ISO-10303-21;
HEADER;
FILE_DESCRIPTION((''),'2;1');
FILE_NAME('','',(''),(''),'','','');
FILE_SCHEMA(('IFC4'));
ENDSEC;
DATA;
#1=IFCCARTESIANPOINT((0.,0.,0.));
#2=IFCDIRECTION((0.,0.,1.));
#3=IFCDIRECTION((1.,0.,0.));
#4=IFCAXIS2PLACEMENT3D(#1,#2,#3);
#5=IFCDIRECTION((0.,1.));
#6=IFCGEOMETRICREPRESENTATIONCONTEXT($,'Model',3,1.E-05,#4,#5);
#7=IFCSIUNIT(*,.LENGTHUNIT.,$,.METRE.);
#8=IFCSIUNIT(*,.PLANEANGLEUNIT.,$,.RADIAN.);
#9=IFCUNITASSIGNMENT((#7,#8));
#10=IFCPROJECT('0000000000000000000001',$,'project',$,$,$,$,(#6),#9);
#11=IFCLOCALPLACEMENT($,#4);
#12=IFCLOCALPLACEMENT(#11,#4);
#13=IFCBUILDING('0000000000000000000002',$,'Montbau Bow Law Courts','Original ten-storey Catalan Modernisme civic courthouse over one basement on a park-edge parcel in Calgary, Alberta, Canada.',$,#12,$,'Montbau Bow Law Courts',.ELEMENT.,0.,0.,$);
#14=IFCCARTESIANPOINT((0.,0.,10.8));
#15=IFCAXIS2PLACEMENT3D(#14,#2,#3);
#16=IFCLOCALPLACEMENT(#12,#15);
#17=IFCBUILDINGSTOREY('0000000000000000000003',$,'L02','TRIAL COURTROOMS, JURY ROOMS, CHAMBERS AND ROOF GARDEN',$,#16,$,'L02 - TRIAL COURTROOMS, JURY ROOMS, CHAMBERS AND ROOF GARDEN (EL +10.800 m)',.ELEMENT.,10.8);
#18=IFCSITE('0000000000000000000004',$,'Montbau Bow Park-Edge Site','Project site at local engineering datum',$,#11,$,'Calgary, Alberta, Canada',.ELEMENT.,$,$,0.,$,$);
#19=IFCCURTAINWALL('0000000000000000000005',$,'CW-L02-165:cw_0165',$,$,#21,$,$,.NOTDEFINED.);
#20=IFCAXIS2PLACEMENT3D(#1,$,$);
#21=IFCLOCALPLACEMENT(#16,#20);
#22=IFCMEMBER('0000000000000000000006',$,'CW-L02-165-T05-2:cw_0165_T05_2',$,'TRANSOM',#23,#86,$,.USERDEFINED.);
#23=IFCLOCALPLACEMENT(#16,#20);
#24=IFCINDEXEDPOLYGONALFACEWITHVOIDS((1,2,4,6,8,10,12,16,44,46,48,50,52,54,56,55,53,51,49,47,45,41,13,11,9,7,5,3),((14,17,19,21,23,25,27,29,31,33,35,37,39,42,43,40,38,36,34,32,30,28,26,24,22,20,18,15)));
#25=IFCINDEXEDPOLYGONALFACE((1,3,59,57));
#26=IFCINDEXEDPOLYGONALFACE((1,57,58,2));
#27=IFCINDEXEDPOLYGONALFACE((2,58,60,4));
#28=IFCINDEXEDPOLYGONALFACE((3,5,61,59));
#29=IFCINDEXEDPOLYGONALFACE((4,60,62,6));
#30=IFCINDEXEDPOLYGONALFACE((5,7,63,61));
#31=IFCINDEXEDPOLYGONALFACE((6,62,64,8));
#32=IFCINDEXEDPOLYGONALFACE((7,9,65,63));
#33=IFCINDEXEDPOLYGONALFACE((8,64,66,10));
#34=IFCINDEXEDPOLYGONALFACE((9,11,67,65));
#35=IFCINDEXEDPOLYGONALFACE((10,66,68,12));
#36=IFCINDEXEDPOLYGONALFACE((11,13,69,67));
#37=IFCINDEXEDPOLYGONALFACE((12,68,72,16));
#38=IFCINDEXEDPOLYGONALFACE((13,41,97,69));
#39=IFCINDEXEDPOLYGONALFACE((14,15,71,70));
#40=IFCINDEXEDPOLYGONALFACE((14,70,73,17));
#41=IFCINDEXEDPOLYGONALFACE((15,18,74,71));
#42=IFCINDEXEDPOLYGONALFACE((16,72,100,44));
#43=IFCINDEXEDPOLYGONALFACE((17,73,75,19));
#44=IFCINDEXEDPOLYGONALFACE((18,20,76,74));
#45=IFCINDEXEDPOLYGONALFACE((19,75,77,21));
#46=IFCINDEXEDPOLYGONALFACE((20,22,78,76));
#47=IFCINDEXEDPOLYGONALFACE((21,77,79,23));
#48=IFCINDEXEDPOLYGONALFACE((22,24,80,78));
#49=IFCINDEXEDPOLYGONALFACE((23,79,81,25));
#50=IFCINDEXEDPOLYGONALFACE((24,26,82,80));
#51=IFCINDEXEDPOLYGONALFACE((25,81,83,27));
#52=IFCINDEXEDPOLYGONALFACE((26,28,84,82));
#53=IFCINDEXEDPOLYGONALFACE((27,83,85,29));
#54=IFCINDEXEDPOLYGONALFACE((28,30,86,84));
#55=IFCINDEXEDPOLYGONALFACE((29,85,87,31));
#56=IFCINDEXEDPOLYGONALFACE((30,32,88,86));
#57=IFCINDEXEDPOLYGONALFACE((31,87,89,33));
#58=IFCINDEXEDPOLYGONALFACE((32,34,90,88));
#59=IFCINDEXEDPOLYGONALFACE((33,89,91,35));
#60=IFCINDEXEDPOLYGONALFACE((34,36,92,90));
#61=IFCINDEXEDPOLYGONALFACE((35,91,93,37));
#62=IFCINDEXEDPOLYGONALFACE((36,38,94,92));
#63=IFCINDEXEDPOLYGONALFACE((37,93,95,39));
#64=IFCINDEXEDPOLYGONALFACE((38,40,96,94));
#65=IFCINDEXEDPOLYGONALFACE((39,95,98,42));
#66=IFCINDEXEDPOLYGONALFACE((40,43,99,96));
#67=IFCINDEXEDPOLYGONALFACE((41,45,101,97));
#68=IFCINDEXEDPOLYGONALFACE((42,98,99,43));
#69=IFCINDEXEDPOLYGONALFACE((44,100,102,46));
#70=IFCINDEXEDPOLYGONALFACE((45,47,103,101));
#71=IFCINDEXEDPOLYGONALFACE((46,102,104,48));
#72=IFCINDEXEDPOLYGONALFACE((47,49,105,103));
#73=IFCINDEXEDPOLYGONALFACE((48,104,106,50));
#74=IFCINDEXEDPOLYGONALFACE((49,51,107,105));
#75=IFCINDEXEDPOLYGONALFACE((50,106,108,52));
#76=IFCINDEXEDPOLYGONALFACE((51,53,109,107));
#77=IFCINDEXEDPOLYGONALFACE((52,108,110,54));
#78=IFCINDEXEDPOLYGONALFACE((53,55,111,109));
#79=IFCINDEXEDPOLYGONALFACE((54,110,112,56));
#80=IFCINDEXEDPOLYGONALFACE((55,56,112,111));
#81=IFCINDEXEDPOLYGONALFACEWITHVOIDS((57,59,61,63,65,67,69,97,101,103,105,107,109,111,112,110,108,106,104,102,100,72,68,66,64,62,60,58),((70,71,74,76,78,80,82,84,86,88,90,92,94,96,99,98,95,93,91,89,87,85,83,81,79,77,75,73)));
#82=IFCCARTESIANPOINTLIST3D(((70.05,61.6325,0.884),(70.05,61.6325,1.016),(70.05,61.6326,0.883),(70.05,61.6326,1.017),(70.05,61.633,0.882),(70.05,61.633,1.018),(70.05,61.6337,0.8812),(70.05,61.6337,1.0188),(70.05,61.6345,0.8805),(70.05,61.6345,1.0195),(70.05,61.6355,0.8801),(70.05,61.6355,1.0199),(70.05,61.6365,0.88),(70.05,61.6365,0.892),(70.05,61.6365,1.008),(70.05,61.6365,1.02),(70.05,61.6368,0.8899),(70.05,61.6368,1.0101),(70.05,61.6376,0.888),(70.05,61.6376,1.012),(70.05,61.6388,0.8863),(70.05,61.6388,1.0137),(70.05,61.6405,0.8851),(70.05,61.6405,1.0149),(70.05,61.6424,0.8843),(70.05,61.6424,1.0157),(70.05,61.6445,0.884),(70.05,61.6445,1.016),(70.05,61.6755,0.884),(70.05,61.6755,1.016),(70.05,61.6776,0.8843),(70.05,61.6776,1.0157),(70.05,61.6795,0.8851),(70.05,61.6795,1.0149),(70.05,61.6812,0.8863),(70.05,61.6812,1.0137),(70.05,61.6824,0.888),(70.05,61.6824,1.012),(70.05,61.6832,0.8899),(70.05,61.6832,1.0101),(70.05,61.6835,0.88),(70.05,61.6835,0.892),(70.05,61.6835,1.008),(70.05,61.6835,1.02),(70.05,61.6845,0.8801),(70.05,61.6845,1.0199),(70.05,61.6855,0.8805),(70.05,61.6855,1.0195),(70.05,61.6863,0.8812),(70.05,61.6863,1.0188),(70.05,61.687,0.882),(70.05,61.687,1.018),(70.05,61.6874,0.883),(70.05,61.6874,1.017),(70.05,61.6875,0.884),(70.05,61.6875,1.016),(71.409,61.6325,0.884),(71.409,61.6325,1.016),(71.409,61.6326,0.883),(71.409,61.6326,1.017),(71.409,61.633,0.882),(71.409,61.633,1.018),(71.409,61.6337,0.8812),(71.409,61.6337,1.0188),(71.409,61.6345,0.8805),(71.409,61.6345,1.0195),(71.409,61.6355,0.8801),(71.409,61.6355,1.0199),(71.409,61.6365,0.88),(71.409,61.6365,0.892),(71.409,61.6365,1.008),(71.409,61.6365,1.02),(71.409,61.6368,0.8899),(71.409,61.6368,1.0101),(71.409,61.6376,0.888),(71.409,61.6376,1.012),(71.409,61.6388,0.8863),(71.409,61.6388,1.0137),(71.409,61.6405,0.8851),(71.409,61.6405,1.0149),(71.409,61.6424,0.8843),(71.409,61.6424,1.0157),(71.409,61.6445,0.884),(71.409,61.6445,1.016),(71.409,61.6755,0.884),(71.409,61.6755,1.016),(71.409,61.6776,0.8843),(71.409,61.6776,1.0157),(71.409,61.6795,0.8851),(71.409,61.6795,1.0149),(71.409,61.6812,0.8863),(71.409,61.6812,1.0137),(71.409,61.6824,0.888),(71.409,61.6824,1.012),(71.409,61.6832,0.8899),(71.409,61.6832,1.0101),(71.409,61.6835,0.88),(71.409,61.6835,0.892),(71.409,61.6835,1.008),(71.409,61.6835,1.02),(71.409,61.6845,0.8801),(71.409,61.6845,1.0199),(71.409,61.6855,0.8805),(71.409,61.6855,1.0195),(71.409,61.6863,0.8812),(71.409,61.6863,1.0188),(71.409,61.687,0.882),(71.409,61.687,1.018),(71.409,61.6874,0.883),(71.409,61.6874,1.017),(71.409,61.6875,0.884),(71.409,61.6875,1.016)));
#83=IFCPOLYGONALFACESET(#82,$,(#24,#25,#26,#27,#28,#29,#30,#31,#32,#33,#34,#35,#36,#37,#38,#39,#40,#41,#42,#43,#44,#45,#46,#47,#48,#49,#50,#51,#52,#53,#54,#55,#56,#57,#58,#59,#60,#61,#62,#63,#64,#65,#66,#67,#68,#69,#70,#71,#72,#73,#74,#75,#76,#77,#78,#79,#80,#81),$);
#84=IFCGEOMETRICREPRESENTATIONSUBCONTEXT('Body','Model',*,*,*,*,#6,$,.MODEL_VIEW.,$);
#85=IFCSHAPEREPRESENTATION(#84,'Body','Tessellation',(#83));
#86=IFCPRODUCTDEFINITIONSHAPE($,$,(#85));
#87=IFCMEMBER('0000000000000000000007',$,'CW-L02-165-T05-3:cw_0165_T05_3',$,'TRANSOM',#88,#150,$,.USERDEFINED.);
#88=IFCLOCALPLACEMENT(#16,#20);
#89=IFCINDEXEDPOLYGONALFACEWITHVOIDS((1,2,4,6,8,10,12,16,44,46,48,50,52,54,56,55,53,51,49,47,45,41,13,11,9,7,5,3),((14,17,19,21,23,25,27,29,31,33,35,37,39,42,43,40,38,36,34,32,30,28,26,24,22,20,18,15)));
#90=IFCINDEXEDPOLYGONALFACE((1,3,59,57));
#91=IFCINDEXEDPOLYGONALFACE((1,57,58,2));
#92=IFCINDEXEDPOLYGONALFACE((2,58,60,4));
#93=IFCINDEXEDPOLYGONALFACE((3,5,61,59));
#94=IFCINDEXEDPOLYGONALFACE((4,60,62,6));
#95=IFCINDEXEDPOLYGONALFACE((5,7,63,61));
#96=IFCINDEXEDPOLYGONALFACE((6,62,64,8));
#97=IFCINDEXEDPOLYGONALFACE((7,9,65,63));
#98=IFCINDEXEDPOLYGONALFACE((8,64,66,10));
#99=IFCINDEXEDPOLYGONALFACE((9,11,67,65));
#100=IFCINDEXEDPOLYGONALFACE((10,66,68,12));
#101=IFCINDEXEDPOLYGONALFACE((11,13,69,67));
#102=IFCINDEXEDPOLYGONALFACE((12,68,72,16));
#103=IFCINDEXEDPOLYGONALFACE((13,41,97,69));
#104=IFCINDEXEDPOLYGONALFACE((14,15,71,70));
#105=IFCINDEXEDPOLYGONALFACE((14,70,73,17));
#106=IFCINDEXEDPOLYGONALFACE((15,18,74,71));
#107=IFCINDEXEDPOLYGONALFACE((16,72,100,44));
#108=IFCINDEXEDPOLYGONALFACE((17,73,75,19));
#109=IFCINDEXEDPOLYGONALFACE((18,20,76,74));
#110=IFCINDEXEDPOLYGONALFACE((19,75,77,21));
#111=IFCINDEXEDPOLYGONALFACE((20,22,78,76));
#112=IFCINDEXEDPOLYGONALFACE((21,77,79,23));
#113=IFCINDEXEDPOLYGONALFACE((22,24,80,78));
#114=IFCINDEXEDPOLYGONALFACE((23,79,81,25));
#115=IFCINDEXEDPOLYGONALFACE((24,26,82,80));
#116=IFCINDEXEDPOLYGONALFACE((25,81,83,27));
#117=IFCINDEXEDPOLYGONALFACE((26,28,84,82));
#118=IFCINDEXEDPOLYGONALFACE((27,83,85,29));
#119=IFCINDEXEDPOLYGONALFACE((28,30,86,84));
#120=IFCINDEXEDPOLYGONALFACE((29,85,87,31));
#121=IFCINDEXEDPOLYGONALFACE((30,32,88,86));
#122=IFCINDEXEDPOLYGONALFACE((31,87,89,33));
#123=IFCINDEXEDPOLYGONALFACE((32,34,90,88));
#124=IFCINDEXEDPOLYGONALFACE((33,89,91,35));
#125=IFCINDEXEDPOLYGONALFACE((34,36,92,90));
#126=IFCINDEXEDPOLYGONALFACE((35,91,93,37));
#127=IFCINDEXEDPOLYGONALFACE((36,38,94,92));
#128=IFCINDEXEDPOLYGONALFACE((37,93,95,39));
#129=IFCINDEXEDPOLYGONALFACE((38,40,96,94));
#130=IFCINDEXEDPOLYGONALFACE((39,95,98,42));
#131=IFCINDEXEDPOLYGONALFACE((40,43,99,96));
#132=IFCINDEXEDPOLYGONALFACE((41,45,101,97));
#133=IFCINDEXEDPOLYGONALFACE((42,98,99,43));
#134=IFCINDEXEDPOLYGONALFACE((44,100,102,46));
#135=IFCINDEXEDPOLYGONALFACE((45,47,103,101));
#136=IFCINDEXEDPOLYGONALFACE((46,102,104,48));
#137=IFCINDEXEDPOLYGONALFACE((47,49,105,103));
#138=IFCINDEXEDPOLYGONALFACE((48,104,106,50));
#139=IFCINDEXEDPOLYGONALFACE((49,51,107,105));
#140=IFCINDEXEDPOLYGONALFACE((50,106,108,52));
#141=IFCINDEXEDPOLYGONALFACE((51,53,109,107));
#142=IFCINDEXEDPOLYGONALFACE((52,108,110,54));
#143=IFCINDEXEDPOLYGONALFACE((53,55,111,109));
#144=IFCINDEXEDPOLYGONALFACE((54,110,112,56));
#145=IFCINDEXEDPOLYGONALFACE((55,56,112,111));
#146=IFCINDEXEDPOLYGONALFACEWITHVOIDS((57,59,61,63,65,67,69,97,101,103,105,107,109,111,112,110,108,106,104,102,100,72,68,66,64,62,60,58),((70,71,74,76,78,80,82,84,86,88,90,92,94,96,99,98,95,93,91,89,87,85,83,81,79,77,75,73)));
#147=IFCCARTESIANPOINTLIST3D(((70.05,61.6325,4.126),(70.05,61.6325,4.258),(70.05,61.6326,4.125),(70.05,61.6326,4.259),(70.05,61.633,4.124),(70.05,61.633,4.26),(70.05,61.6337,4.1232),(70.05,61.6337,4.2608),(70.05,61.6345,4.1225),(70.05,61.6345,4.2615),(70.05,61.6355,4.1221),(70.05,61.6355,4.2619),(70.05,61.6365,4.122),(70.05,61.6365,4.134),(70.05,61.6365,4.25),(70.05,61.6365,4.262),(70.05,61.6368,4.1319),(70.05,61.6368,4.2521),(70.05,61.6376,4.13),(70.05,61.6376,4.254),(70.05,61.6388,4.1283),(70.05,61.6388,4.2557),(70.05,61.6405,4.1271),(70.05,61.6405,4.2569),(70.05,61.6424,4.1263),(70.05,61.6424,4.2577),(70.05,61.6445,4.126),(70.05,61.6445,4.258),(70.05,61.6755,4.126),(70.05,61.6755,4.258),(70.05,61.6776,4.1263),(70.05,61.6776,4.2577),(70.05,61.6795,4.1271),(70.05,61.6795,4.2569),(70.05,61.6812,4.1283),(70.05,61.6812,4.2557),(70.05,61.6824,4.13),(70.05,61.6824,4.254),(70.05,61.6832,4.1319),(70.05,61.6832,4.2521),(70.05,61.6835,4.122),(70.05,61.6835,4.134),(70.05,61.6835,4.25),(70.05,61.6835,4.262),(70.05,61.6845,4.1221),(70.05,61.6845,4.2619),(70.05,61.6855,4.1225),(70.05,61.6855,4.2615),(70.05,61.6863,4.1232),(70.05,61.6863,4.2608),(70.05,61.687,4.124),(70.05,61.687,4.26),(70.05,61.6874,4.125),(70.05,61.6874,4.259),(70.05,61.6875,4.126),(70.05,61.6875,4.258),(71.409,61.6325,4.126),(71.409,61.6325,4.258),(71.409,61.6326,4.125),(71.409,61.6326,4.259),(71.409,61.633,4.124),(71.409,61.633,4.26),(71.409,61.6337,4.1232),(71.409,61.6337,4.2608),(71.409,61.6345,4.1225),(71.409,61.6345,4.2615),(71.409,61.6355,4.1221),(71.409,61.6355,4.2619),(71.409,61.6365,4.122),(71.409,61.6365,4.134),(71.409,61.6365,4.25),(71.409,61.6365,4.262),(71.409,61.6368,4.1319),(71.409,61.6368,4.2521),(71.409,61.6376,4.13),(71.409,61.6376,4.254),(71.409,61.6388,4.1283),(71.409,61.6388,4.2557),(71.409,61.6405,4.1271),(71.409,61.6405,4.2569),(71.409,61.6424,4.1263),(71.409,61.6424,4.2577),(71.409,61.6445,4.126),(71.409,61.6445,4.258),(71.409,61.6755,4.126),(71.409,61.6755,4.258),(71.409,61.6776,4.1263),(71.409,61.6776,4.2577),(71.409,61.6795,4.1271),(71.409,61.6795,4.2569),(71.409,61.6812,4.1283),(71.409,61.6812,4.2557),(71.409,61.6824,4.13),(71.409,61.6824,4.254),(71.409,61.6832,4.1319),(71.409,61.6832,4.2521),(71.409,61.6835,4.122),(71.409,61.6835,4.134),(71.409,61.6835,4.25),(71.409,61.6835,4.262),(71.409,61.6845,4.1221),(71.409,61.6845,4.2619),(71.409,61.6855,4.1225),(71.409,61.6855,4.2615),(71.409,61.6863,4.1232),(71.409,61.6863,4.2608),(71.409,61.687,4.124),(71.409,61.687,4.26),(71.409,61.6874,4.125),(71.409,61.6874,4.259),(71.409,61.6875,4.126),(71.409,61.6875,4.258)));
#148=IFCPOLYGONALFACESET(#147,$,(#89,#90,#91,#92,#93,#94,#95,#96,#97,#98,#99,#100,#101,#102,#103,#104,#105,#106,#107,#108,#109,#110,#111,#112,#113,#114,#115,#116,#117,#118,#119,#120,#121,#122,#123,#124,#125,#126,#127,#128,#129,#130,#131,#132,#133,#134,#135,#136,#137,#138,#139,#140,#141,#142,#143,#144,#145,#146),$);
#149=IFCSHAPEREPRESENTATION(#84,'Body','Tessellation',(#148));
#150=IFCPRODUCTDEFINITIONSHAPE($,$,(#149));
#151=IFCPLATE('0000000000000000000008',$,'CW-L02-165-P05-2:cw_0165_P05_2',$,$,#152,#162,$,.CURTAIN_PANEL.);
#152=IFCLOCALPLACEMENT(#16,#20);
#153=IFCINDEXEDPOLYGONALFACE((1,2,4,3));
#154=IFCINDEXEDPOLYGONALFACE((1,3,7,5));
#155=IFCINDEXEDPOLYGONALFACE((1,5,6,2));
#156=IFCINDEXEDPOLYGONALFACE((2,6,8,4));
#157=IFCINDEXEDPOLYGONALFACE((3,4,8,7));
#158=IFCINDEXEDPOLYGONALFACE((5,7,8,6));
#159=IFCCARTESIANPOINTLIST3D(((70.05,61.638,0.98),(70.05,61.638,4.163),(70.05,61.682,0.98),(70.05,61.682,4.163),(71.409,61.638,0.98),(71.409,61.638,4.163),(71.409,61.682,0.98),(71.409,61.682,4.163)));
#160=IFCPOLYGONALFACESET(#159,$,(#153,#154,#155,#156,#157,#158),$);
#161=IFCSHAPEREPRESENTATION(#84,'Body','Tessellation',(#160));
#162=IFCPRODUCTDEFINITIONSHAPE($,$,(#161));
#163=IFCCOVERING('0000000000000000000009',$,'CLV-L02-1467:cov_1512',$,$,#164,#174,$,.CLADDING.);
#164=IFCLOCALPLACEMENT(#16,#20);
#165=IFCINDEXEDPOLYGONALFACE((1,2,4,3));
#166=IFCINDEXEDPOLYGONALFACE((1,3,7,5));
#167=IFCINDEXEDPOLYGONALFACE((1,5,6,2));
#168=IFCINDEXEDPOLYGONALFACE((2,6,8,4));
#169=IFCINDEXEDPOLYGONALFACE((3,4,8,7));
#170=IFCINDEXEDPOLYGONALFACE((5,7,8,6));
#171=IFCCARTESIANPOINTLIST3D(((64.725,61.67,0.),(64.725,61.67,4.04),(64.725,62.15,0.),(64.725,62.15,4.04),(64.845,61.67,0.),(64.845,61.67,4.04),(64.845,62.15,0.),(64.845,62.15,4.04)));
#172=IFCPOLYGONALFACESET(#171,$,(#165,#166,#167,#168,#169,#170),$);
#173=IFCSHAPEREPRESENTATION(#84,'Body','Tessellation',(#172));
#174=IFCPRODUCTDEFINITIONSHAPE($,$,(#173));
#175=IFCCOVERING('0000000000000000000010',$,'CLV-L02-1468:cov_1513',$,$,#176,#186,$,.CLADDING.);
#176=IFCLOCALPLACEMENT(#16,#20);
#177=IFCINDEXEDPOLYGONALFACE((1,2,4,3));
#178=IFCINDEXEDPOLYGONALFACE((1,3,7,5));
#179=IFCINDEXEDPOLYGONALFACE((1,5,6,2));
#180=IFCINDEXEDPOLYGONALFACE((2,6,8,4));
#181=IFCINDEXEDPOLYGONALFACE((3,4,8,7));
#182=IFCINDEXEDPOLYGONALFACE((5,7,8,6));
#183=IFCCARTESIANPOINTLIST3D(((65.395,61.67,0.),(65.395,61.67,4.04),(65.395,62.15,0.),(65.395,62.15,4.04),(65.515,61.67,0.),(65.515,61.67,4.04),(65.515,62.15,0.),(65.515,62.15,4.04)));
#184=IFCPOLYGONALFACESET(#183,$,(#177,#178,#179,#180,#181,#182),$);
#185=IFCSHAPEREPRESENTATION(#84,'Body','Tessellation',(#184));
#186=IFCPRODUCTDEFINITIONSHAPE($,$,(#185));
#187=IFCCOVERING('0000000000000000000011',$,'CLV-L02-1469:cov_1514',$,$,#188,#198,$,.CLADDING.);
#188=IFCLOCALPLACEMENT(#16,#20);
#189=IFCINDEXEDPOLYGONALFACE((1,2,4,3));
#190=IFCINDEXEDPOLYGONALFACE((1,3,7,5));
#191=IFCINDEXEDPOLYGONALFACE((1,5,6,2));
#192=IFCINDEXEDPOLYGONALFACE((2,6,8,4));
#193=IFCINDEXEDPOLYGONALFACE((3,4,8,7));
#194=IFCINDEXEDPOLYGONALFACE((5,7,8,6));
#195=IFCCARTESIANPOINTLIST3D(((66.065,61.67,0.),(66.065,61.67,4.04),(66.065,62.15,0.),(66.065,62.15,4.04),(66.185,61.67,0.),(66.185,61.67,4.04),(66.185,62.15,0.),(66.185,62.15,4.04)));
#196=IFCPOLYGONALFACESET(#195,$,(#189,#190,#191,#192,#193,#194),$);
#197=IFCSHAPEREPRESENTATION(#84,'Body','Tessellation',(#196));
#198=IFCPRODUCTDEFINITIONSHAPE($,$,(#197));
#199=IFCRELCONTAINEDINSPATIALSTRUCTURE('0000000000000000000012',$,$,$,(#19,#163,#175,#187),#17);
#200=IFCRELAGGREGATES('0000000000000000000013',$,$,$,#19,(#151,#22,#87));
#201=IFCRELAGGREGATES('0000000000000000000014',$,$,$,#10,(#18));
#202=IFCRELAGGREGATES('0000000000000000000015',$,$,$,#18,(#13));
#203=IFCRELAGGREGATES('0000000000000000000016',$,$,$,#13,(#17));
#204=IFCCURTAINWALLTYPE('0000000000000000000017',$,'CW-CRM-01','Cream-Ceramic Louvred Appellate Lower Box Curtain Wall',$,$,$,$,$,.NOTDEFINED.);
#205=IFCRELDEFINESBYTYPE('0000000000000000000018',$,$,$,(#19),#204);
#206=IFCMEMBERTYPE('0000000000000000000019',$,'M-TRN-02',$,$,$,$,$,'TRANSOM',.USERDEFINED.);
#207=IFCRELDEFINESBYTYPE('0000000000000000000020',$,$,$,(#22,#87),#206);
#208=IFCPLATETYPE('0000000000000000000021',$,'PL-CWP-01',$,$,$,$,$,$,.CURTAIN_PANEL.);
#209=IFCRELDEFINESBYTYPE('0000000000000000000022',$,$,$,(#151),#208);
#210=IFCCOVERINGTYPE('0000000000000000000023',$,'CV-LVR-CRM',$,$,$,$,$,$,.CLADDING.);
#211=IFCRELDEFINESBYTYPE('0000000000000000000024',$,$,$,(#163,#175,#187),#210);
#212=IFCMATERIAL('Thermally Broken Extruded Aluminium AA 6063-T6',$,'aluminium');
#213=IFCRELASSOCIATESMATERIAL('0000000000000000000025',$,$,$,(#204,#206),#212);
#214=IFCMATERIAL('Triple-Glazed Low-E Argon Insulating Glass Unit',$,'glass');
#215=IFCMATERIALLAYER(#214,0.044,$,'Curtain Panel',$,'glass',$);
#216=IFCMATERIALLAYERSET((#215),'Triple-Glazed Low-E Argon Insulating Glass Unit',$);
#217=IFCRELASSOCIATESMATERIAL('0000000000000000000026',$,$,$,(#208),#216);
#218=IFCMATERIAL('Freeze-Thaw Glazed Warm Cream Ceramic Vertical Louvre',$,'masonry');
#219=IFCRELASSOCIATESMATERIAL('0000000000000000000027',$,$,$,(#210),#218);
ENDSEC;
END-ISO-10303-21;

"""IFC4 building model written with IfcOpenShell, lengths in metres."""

from ifc_helpers import new_model, si_unit, direction, frame, frame_2d, origin_with_axes, origin_2d_with_axis, place, context, subcontext, project, spatial, rectangle, hollow_rectangle, extrude, material, layer, layer_set, material_profile, profile_set, type_object, element, aggregate, save


model = new_model("IFC4")

# Units and contexts
model_context = context("Model", 3, precision=1e-05, world=origin_with_axes(), true_north=direction((0.0, 1.0)))
body_context = subcontext(model_context, "Body", "Model", "MODEL_VIEW")
ifc_project = project(units=[si_unit("LENGTHUNIT", "METRE"), si_unit("PLANEANGLEUNIT", "RADIAN")], contexts=[model_context])

# Site, building, storey
site_placement = place(None, origin_with_axes())
site = spatial("IfcSite", under=ifc_project, at=site_placement, Name="Montbau Bow Park-Edge Site", Description="Project site at local engineering datum", LongName="Calgary, Alberta, Canada", CompositionType="ELEMENT", RefElevation=0.0)
building_placement = place(site_placement, origin_with_axes())
building = spatial("IfcBuilding", under=site, at=building_placement, Name="Montbau Bow Law Courts", Description="Original ten-storey Catalan Modernisme civic courthouse over one basement on a park-edge parcel in Calgary, Alberta, Canada.", LongName="Montbau Bow Law Courts", CompositionType="ELEMENT", ElevationOfRefHeight=0.0, ElevationOfTerrain=0.0)
storey_placement = place(building_placement, frame((0.0, 0.0, 10.8), z_axis=(0.0, 0.0, 1.0), x_axis=(1.0, 0.0, 0.0)))
storey = spatial("IfcBuildingStorey", under=building, at=storey_placement, Name="L02", Description="TRIAL COURTROOMS, JURY ROOMS, CHAMBERS AND ROOF GARDEN", LongName="L02 - TRIAL COURTROOMS, JURY ROOMS, CHAMBERS AND ROOF GARDEN (EL +10.800 m)", CompositionType="ELEMENT", Elevation=10.8)

# Curtain wall, members, plate
ifc_material_1 = material(Name="Thermally Broken Extruded Aluminium AA 6063-T6", Category="aluminium")
curtain_wall_type = type_object("IfcCurtainWallType", Name="CW-CRM-01", Description="Cream-Ceramic Louvred Appellate Lower Box Curtain Wall", PredefinedType="NOTDEFINED", material=ifc_material_1)
curtain_wall_placement = place(None, frame((64.115, 61.66, 10.8), z_axis=(0.0, 0.0, 1.0), x_axis=(1.0, 0.0, 0.0)))
curtain_wall = element("IfcCurtainWall", 1, at=curtain_wall_placement, inside=storey, type_object=curtain_wall_type, Name="CW-L02-165:cw_0165", PredefinedType="NOTDEFINED")
ifc_material_profile_1 = material_profile(ifc_material_1, hollow_rectangle(XDim=0.055, YDim=0.14, WallThickness=0.004, InnerFilletRadius=0.008, OuterFilletRadius=0.004, at=origin_2d_with_axis()), Name="CWT-140X55", Category="Main", Priority=0)
ifc_profile_set_1 = profile_set([ifc_material_profile_1], Name="Thermally Broken Extruded Aluminium AA 6063-T6")
member_type_1 = type_object("IfcMemberType", Name="M-TRN-02", ElementType="TRANSOM", PredefinedType="USERDEFINED", material=ifc_profile_set_1)
member_1_placement = place(None, frame((70.05, 61.66, 11.75), z_axis=(1.0, 0.0, 0.0), x_axis=(0.0, 1.0, 0.0)))
member_1 = element("IfcMember", 2, at=member_1_placement, type_object=member_type_1, Name="CW-L02-165-T05-2:cw_0165_T05_2", ObjectType="TRANSOM", PredefinedType="USERDEFINED", context=body_context, shape_type="SweptSolid", body=[
    extrude(hollow_rectangle(XDim=0.055, YDim=0.14, WallThickness=0.004, InnerFilletRadius=0.008, OuterFilletRadius=0.004, at=origin_2d_with_axis()), origin_with_axes(), (0.0, 0.0, 1.0), 1.359),
])
member_2_placement = place(None, frame((70.05, 61.66, 14.992), z_axis=(1.0, 0.0, 0.0), x_axis=(0.0, 1.0, 0.0)))
member_2 = element("IfcMember", 3, at=member_2_placement, type_object=member_type_1, Name="CW-L02-165-T05-3:cw_0165_T05_3", ObjectType="TRANSOM", PredefinedType="USERDEFINED", context=body_context, shape_type="SweptSolid", body=[
    extrude(hollow_rectangle(XDim=0.055, YDim=0.14, WallThickness=0.004, InnerFilletRadius=0.008, OuterFilletRadius=0.004, at=origin_2d_with_axis()), origin_with_axes(), (0.0, 0.0, 1.0), 1.359),
])
ifc_material_2 = material(Name="Triple-Glazed Low-E Argon Insulating Glass Unit", Category="glass")
ifc_layer = layer(ifc_material_2, 0.044, Name="Curtain Panel", Category="glass")
ifc_layer_set = layer_set([ifc_layer], Name="Triple-Glazed Low-E Argon Insulating Glass Unit")
plate_type = type_object("IfcPlateType", Name="PL-CWP-01", PredefinedType="CURTAIN_PANEL", material=ifc_layer_set)
plate_placement = place(None, frame((70.05, 61.66, 11.78), z_axis=(0.0, -1.0, 0.0), x_axis=(1.0, 0.0, 0.0)))
plate = element("IfcPlate", 4, at=plate_placement, type_object=plate_type, Name="CW-L02-165-P05-2:cw_0165_P05_2", PredefinedType="CURTAIN_PANEL", context=body_context, shape_type="SweptSolid", body=[
    extrude(rectangle(XDim=1.359, YDim=3.183, at=frame_2d((0.6795, 1.5915), x_axis=(1.0, 0.0))), frame((0.0, 0.0, -0.022), z_axis=(0.0, 0.0, 1.0), x_axis=(1.0, 0.0, 0.0)), (0.0, 0.0, 1.0), 0.044),
])
aggregate(curtain_wall, [plate, member_1, member_2])

# Coverings
ifc_material_3 = material(Name="Freeze-Thaw Glazed Warm Cream Ceramic Vertical Louvre", Category="masonry")
covering_type = type_object("IfcCoveringType", Name="CV-LVR-CRM", PredefinedType="CLADDING", material=ifc_material_3)
for number, where, z_axis, x_axis, name in (
    (5, (64.785, 61.67, 10.8), (1.0, 0.0, 0.0), (0.0, 1.0, 0.0), "CLV-L02-1467:cov_1512"),
    (6, (65.455, 61.67, 10.8), (1.0, 0.0, 0.0), (0.0, 1.0, 0.0), "CLV-L02-1468:cov_1513"),
    (7, (66.125, 61.67, 10.8), (1.0, 0.0, 0.0), (0.0, 1.0, 0.0), "CLV-L02-1469:cov_1514"),
):
    element("IfcCovering", number, at=place(None, frame(where, z_axis=z_axis, x_axis=x_axis)), inside=storey, type_object=covering_type, Name=name, PredefinedType="CLADDING", context=body_context, shape_type="SweptSolid", body=[
        extrude(rectangle(XDim=0.48, YDim=4.04, at=frame_2d((0.24, 2.02), x_axis=(1.0, 0.0))), frame((0.0, 0.0, -0.06), z_axis=(0.0, 0.0, 1.0), x_axis=(1.0, 0.0, 0.0)), (0.0, 0.0, 1.0), 0.12),
    ])

save(model, "model.ifc")
